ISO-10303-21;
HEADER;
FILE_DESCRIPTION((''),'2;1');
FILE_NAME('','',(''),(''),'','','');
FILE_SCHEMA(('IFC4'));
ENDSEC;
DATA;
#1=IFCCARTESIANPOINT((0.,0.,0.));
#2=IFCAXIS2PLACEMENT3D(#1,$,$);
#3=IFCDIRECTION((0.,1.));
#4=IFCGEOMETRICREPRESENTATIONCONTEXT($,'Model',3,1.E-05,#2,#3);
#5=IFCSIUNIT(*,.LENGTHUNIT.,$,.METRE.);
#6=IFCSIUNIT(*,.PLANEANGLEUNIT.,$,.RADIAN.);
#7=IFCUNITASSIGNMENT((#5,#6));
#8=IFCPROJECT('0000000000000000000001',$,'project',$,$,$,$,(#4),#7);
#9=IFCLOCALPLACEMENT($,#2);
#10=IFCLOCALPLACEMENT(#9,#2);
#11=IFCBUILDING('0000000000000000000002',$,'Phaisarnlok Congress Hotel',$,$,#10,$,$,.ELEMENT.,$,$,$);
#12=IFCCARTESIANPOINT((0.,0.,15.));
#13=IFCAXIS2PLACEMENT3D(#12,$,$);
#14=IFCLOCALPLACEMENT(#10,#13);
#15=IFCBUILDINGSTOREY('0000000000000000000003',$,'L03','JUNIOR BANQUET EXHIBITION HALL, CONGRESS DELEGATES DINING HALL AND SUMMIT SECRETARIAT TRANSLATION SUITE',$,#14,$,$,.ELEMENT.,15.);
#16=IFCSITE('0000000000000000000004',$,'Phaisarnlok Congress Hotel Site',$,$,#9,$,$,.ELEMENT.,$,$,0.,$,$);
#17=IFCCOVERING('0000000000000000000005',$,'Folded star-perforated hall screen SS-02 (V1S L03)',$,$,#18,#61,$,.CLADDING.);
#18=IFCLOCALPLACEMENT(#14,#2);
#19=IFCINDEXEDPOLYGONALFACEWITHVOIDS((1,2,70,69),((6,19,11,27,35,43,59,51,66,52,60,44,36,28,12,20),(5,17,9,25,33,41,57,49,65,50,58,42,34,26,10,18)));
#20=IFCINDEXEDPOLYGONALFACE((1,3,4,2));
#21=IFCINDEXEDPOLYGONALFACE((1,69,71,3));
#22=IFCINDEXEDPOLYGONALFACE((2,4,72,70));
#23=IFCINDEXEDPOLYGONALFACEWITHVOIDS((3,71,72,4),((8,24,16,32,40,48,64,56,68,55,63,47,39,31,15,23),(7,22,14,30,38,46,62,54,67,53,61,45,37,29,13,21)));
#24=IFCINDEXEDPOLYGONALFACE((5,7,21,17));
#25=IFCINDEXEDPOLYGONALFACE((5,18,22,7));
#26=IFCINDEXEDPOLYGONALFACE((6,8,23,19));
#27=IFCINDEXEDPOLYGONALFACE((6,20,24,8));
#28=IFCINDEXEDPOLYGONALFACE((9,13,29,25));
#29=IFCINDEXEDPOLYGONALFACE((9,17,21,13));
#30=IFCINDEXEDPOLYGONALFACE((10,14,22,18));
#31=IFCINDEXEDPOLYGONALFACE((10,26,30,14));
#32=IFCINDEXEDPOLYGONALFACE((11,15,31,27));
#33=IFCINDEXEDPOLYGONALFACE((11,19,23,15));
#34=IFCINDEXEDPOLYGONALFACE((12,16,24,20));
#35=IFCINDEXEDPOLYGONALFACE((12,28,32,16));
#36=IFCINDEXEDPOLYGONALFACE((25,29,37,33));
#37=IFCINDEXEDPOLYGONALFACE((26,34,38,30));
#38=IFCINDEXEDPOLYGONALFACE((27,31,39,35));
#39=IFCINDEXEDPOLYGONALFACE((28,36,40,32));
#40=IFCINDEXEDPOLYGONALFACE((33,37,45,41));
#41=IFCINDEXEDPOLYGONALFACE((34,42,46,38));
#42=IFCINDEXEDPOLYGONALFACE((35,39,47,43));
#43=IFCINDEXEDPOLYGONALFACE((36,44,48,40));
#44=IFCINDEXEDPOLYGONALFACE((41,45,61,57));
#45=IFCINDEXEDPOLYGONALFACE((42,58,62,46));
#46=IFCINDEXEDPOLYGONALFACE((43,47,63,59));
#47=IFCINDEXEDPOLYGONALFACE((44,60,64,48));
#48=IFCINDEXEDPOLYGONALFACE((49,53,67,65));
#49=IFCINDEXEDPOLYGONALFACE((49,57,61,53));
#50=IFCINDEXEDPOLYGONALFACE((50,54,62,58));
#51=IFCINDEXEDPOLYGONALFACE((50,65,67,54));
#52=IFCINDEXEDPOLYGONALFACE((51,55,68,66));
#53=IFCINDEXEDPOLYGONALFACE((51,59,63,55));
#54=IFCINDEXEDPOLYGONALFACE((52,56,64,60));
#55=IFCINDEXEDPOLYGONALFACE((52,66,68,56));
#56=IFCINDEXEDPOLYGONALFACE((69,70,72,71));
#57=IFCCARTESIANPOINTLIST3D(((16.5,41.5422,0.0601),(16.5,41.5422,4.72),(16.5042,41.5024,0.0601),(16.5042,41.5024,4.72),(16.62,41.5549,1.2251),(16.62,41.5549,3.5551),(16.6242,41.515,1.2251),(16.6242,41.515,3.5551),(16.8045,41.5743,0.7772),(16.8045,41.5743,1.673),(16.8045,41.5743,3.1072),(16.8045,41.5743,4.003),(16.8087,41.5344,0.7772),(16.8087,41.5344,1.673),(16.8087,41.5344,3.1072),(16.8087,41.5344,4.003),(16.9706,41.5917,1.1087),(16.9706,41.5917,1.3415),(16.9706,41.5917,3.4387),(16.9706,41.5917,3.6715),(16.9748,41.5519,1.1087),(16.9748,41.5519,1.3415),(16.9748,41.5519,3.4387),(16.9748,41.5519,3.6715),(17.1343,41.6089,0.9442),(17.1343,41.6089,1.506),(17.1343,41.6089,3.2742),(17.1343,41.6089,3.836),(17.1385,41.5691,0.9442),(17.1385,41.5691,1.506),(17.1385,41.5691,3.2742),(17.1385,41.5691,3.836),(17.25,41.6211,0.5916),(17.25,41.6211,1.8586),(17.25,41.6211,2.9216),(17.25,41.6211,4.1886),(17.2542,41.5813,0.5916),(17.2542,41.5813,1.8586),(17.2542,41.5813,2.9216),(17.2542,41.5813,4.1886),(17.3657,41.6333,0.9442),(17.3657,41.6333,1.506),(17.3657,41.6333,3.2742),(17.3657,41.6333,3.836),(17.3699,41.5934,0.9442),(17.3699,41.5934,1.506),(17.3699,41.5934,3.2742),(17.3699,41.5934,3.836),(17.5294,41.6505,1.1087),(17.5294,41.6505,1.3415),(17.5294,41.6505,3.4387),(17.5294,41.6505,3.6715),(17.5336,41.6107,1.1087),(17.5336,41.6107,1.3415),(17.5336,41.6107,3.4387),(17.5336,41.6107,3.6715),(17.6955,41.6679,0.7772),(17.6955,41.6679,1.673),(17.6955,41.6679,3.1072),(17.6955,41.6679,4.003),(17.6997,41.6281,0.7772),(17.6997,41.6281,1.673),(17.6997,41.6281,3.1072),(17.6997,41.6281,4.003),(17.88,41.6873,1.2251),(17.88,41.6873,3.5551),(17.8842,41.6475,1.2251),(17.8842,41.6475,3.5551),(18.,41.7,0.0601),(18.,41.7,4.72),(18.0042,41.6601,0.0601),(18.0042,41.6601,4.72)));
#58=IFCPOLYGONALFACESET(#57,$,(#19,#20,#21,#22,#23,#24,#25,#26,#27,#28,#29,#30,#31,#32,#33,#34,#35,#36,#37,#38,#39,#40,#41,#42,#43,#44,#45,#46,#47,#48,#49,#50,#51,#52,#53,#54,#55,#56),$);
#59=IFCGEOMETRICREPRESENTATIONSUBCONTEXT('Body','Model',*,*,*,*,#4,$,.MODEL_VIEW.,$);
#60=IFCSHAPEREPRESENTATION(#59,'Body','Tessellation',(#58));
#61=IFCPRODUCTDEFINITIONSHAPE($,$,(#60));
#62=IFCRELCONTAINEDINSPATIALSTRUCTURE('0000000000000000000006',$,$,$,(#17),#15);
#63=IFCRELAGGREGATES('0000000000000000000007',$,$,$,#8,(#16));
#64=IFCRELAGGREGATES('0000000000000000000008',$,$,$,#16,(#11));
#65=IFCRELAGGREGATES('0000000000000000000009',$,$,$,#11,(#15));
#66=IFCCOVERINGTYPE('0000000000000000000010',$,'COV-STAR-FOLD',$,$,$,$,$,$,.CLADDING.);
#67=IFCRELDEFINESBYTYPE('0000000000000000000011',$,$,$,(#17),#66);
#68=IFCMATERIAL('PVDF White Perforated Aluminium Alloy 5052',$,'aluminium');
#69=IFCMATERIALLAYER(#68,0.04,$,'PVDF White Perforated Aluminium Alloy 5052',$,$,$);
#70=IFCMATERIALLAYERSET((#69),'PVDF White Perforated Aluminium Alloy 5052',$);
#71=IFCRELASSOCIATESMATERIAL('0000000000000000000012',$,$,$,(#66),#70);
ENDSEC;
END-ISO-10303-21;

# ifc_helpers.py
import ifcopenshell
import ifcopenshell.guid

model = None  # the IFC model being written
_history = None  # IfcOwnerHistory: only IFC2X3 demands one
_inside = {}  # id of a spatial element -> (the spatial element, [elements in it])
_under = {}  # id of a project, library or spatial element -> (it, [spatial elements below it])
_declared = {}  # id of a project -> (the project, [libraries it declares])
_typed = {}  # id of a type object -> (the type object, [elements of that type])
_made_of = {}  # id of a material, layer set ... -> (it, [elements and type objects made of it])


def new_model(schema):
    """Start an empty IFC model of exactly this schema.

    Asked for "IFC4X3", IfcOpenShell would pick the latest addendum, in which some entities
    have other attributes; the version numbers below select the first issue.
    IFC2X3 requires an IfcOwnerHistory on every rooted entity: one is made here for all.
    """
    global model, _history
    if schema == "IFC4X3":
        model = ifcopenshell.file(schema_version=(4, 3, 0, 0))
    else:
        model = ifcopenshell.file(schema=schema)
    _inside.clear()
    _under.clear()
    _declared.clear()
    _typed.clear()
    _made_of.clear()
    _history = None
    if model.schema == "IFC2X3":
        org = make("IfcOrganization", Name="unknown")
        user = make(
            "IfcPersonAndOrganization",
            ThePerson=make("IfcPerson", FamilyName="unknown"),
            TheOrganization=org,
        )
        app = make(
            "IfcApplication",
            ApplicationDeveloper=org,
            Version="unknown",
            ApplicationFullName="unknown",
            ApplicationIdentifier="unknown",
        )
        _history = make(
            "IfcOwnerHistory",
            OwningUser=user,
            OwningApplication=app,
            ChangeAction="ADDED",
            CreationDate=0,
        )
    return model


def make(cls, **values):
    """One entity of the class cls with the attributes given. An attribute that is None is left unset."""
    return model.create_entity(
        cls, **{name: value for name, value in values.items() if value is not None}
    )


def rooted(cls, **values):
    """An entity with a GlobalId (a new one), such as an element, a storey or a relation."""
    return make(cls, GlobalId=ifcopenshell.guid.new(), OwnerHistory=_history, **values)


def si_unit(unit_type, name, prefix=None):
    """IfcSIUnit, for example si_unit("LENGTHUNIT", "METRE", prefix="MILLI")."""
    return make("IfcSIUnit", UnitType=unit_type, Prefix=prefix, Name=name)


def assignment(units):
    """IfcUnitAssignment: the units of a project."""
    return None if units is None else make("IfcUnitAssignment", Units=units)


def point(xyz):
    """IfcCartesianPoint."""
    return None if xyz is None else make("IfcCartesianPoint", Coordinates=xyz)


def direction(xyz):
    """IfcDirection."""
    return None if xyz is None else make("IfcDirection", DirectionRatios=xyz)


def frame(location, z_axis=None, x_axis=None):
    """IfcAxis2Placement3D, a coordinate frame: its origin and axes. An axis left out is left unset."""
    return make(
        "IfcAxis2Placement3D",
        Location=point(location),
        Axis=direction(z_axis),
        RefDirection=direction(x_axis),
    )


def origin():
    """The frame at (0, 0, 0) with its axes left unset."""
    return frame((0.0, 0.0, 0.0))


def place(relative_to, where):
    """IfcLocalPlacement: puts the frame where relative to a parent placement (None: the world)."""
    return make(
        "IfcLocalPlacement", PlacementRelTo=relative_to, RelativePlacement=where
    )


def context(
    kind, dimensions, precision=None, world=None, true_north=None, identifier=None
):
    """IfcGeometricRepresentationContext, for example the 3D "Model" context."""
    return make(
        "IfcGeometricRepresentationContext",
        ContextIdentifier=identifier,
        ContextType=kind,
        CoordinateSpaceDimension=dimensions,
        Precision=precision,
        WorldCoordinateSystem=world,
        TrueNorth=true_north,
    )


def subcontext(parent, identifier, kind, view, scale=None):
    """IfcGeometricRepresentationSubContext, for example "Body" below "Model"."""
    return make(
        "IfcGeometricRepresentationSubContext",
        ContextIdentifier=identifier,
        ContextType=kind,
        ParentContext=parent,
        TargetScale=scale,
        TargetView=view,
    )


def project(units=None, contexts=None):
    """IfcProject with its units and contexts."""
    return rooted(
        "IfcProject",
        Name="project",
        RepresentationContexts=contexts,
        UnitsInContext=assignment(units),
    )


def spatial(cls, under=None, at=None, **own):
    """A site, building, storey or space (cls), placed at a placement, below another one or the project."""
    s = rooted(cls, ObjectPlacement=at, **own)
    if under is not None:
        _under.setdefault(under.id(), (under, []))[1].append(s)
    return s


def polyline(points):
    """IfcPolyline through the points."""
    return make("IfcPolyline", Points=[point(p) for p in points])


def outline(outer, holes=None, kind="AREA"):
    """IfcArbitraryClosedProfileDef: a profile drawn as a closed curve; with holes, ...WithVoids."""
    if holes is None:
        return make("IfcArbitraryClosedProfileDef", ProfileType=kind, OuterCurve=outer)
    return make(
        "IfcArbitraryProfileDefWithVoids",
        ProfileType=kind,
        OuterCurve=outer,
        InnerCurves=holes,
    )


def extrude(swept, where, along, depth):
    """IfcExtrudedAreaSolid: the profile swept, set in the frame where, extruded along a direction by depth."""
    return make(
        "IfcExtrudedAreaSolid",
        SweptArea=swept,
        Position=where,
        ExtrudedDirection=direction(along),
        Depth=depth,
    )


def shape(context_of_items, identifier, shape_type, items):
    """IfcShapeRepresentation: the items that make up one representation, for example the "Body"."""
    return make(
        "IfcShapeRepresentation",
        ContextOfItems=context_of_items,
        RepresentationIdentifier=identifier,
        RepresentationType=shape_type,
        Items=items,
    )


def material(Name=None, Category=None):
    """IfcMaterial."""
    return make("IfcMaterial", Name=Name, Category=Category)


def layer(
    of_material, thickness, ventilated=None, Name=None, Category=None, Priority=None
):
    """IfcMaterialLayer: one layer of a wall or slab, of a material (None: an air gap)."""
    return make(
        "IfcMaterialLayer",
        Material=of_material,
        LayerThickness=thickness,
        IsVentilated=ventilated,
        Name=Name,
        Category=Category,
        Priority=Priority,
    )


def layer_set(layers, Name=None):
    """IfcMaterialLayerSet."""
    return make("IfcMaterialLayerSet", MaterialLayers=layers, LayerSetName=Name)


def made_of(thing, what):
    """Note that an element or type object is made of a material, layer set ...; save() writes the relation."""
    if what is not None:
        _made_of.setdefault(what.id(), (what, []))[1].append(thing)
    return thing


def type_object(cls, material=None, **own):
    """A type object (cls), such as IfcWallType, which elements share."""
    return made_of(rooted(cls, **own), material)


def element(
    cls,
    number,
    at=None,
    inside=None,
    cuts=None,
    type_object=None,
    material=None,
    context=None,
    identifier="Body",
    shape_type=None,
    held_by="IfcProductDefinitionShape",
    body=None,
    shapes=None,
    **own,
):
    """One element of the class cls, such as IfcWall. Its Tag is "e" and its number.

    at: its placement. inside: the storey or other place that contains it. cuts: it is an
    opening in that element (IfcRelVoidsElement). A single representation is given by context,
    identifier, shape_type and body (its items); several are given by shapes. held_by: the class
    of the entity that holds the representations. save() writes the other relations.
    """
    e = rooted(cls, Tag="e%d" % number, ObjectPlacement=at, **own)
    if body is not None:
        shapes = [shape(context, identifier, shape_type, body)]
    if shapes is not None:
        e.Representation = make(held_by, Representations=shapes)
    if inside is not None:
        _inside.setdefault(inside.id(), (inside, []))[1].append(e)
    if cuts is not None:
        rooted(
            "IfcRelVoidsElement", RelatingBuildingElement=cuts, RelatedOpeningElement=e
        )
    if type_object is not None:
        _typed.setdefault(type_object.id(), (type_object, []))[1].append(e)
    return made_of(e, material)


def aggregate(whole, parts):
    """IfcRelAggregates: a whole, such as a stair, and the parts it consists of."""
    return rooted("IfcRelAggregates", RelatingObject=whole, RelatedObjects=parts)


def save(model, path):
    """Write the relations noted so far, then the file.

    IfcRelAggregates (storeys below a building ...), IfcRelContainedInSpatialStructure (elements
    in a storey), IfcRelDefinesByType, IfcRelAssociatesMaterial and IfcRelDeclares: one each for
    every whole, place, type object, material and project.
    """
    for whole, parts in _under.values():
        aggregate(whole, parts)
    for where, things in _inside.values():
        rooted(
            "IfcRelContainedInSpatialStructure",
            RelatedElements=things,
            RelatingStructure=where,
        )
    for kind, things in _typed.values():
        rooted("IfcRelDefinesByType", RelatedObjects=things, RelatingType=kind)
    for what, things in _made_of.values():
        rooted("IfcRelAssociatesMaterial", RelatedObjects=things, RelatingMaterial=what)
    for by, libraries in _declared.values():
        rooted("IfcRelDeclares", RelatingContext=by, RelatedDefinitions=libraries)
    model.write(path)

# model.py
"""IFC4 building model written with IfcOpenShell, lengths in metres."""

from ifc_helpers import new_model, si_unit, direction, frame, origin, place, context, subcontext, project, spatial, polyline, outline, extrude, material, layer, layer_set, type_object, element, save


model = new_model("IFC4")

# Units and contexts
model_context = context("Model", 3, precision=1e-05, world=origin(), true_north=direction((0.0, 1.0)))
body_context = subcontext(model_context, "Body", "Model", "MODEL_VIEW")
ifc_project = project(units=[si_unit("LENGTHUNIT", "METRE"), si_unit("PLANEANGLEUNIT", "RADIAN")], contexts=[model_context])

# Site, building, storey
site_placement = place(None, origin())
site = spatial("IfcSite", under=ifc_project, at=site_placement, Name="Phaisarnlok Congress Hotel Site", CompositionType="ELEMENT", RefElevation=0.0)
building_placement = place(site_placement, origin())
building = spatial("IfcBuilding", under=site, at=building_placement, Name="Phaisarnlok Congress Hotel", CompositionType="ELEMENT")
storey_placement = place(building_placement, frame((0.0, 0.0, 15.0)))
storey = spatial("IfcBuildingStorey", under=building, at=storey_placement, Name="L03", Description="JUNIOR BANQUET EXHIBITION HALL, CONGRESS DELEGATES DINING HALL AND SUMMIT SECRETARIAT TRANSLATION SUITE", CompositionType="ELEMENT", Elevation=15.0)

# Covering
ifc_material_1 = material(Name="PVDF White Perforated Aluminium Alloy 5052", Category="aluminium")
ifc_layer_1 = layer(ifc_material_1, 0.04, Name="PVDF White Perforated Aluminium Alloy 5052")
ifc_layer_set_1 = layer_set([ifc_layer_1], Name="PVDF White Perforated Aluminium Alloy 5052")
covering_type_1 = type_object("IfcCoveringType", Name="COV-STAR-FOLD", PredefinedType="CLADDING", material=ifc_layer_set_1)
for number, where, z_axis, x_axis, name in (
    (1, (16.5, 41.5422, 0.0601), (0.104567, -0.994518, 0.0), (0.994518, 0.104567, 0.0), "Folded star-perforated hall screen SS-02 (V1S L03)"),
):
    element("IfcCovering", number, at=place(storey_placement, frame(where, z_axis=z_axis, x_axis=x_axis)), inside=storey, type_object=covering_type_1, Name=name, PredefinedType="CLADDING", context=body_context, shape_type="SweptSolid", body=[
        extrude(outline(polyline([(0.0, 0.0), (1.5083, 0.0), (1.5083, 4.6599), (0.0, 4.6599), (0.0, 0.0)]), holes=[polyline([(1.0351, 1.0486), (1.2021, 0.7171), (0.8705, 0.8841), (0.7541, 0.5315), (0.6378, 0.8841), (0.3062, 0.7171), (0.4732, 1.0486), (0.1207, 1.165), (0.4732, 1.2814), (0.3062, 1.6129), (0.6378, 1.4459), (0.7541, 1.7985), (0.8705, 1.4459), (1.2021, 1.6129), (1.0351, 1.2814), (1.3876, 1.165), (1.0351, 1.0486)]), polyline([(1.0351, 3.3786), (1.2021, 3.0471), (0.8705, 3.2141), (0.7541, 2.8615), (0.6378, 3.2141), (0.3062, 3.0471), (0.4732, 3.3786), (0.1207, 3.495), (0.4732, 3.6114), (0.3062, 3.9429), (0.6378, 3.7759), (0.7541, 4.1285), (0.8705, 3.7759), (1.2021, 3.9429), (1.0351, 3.6114), (1.3876, 3.495), (1.0351, 3.3786)])]), origin(), (0.0, 0.0, 1.0), 0.04),
    ])

save(model, "model.ifc")
